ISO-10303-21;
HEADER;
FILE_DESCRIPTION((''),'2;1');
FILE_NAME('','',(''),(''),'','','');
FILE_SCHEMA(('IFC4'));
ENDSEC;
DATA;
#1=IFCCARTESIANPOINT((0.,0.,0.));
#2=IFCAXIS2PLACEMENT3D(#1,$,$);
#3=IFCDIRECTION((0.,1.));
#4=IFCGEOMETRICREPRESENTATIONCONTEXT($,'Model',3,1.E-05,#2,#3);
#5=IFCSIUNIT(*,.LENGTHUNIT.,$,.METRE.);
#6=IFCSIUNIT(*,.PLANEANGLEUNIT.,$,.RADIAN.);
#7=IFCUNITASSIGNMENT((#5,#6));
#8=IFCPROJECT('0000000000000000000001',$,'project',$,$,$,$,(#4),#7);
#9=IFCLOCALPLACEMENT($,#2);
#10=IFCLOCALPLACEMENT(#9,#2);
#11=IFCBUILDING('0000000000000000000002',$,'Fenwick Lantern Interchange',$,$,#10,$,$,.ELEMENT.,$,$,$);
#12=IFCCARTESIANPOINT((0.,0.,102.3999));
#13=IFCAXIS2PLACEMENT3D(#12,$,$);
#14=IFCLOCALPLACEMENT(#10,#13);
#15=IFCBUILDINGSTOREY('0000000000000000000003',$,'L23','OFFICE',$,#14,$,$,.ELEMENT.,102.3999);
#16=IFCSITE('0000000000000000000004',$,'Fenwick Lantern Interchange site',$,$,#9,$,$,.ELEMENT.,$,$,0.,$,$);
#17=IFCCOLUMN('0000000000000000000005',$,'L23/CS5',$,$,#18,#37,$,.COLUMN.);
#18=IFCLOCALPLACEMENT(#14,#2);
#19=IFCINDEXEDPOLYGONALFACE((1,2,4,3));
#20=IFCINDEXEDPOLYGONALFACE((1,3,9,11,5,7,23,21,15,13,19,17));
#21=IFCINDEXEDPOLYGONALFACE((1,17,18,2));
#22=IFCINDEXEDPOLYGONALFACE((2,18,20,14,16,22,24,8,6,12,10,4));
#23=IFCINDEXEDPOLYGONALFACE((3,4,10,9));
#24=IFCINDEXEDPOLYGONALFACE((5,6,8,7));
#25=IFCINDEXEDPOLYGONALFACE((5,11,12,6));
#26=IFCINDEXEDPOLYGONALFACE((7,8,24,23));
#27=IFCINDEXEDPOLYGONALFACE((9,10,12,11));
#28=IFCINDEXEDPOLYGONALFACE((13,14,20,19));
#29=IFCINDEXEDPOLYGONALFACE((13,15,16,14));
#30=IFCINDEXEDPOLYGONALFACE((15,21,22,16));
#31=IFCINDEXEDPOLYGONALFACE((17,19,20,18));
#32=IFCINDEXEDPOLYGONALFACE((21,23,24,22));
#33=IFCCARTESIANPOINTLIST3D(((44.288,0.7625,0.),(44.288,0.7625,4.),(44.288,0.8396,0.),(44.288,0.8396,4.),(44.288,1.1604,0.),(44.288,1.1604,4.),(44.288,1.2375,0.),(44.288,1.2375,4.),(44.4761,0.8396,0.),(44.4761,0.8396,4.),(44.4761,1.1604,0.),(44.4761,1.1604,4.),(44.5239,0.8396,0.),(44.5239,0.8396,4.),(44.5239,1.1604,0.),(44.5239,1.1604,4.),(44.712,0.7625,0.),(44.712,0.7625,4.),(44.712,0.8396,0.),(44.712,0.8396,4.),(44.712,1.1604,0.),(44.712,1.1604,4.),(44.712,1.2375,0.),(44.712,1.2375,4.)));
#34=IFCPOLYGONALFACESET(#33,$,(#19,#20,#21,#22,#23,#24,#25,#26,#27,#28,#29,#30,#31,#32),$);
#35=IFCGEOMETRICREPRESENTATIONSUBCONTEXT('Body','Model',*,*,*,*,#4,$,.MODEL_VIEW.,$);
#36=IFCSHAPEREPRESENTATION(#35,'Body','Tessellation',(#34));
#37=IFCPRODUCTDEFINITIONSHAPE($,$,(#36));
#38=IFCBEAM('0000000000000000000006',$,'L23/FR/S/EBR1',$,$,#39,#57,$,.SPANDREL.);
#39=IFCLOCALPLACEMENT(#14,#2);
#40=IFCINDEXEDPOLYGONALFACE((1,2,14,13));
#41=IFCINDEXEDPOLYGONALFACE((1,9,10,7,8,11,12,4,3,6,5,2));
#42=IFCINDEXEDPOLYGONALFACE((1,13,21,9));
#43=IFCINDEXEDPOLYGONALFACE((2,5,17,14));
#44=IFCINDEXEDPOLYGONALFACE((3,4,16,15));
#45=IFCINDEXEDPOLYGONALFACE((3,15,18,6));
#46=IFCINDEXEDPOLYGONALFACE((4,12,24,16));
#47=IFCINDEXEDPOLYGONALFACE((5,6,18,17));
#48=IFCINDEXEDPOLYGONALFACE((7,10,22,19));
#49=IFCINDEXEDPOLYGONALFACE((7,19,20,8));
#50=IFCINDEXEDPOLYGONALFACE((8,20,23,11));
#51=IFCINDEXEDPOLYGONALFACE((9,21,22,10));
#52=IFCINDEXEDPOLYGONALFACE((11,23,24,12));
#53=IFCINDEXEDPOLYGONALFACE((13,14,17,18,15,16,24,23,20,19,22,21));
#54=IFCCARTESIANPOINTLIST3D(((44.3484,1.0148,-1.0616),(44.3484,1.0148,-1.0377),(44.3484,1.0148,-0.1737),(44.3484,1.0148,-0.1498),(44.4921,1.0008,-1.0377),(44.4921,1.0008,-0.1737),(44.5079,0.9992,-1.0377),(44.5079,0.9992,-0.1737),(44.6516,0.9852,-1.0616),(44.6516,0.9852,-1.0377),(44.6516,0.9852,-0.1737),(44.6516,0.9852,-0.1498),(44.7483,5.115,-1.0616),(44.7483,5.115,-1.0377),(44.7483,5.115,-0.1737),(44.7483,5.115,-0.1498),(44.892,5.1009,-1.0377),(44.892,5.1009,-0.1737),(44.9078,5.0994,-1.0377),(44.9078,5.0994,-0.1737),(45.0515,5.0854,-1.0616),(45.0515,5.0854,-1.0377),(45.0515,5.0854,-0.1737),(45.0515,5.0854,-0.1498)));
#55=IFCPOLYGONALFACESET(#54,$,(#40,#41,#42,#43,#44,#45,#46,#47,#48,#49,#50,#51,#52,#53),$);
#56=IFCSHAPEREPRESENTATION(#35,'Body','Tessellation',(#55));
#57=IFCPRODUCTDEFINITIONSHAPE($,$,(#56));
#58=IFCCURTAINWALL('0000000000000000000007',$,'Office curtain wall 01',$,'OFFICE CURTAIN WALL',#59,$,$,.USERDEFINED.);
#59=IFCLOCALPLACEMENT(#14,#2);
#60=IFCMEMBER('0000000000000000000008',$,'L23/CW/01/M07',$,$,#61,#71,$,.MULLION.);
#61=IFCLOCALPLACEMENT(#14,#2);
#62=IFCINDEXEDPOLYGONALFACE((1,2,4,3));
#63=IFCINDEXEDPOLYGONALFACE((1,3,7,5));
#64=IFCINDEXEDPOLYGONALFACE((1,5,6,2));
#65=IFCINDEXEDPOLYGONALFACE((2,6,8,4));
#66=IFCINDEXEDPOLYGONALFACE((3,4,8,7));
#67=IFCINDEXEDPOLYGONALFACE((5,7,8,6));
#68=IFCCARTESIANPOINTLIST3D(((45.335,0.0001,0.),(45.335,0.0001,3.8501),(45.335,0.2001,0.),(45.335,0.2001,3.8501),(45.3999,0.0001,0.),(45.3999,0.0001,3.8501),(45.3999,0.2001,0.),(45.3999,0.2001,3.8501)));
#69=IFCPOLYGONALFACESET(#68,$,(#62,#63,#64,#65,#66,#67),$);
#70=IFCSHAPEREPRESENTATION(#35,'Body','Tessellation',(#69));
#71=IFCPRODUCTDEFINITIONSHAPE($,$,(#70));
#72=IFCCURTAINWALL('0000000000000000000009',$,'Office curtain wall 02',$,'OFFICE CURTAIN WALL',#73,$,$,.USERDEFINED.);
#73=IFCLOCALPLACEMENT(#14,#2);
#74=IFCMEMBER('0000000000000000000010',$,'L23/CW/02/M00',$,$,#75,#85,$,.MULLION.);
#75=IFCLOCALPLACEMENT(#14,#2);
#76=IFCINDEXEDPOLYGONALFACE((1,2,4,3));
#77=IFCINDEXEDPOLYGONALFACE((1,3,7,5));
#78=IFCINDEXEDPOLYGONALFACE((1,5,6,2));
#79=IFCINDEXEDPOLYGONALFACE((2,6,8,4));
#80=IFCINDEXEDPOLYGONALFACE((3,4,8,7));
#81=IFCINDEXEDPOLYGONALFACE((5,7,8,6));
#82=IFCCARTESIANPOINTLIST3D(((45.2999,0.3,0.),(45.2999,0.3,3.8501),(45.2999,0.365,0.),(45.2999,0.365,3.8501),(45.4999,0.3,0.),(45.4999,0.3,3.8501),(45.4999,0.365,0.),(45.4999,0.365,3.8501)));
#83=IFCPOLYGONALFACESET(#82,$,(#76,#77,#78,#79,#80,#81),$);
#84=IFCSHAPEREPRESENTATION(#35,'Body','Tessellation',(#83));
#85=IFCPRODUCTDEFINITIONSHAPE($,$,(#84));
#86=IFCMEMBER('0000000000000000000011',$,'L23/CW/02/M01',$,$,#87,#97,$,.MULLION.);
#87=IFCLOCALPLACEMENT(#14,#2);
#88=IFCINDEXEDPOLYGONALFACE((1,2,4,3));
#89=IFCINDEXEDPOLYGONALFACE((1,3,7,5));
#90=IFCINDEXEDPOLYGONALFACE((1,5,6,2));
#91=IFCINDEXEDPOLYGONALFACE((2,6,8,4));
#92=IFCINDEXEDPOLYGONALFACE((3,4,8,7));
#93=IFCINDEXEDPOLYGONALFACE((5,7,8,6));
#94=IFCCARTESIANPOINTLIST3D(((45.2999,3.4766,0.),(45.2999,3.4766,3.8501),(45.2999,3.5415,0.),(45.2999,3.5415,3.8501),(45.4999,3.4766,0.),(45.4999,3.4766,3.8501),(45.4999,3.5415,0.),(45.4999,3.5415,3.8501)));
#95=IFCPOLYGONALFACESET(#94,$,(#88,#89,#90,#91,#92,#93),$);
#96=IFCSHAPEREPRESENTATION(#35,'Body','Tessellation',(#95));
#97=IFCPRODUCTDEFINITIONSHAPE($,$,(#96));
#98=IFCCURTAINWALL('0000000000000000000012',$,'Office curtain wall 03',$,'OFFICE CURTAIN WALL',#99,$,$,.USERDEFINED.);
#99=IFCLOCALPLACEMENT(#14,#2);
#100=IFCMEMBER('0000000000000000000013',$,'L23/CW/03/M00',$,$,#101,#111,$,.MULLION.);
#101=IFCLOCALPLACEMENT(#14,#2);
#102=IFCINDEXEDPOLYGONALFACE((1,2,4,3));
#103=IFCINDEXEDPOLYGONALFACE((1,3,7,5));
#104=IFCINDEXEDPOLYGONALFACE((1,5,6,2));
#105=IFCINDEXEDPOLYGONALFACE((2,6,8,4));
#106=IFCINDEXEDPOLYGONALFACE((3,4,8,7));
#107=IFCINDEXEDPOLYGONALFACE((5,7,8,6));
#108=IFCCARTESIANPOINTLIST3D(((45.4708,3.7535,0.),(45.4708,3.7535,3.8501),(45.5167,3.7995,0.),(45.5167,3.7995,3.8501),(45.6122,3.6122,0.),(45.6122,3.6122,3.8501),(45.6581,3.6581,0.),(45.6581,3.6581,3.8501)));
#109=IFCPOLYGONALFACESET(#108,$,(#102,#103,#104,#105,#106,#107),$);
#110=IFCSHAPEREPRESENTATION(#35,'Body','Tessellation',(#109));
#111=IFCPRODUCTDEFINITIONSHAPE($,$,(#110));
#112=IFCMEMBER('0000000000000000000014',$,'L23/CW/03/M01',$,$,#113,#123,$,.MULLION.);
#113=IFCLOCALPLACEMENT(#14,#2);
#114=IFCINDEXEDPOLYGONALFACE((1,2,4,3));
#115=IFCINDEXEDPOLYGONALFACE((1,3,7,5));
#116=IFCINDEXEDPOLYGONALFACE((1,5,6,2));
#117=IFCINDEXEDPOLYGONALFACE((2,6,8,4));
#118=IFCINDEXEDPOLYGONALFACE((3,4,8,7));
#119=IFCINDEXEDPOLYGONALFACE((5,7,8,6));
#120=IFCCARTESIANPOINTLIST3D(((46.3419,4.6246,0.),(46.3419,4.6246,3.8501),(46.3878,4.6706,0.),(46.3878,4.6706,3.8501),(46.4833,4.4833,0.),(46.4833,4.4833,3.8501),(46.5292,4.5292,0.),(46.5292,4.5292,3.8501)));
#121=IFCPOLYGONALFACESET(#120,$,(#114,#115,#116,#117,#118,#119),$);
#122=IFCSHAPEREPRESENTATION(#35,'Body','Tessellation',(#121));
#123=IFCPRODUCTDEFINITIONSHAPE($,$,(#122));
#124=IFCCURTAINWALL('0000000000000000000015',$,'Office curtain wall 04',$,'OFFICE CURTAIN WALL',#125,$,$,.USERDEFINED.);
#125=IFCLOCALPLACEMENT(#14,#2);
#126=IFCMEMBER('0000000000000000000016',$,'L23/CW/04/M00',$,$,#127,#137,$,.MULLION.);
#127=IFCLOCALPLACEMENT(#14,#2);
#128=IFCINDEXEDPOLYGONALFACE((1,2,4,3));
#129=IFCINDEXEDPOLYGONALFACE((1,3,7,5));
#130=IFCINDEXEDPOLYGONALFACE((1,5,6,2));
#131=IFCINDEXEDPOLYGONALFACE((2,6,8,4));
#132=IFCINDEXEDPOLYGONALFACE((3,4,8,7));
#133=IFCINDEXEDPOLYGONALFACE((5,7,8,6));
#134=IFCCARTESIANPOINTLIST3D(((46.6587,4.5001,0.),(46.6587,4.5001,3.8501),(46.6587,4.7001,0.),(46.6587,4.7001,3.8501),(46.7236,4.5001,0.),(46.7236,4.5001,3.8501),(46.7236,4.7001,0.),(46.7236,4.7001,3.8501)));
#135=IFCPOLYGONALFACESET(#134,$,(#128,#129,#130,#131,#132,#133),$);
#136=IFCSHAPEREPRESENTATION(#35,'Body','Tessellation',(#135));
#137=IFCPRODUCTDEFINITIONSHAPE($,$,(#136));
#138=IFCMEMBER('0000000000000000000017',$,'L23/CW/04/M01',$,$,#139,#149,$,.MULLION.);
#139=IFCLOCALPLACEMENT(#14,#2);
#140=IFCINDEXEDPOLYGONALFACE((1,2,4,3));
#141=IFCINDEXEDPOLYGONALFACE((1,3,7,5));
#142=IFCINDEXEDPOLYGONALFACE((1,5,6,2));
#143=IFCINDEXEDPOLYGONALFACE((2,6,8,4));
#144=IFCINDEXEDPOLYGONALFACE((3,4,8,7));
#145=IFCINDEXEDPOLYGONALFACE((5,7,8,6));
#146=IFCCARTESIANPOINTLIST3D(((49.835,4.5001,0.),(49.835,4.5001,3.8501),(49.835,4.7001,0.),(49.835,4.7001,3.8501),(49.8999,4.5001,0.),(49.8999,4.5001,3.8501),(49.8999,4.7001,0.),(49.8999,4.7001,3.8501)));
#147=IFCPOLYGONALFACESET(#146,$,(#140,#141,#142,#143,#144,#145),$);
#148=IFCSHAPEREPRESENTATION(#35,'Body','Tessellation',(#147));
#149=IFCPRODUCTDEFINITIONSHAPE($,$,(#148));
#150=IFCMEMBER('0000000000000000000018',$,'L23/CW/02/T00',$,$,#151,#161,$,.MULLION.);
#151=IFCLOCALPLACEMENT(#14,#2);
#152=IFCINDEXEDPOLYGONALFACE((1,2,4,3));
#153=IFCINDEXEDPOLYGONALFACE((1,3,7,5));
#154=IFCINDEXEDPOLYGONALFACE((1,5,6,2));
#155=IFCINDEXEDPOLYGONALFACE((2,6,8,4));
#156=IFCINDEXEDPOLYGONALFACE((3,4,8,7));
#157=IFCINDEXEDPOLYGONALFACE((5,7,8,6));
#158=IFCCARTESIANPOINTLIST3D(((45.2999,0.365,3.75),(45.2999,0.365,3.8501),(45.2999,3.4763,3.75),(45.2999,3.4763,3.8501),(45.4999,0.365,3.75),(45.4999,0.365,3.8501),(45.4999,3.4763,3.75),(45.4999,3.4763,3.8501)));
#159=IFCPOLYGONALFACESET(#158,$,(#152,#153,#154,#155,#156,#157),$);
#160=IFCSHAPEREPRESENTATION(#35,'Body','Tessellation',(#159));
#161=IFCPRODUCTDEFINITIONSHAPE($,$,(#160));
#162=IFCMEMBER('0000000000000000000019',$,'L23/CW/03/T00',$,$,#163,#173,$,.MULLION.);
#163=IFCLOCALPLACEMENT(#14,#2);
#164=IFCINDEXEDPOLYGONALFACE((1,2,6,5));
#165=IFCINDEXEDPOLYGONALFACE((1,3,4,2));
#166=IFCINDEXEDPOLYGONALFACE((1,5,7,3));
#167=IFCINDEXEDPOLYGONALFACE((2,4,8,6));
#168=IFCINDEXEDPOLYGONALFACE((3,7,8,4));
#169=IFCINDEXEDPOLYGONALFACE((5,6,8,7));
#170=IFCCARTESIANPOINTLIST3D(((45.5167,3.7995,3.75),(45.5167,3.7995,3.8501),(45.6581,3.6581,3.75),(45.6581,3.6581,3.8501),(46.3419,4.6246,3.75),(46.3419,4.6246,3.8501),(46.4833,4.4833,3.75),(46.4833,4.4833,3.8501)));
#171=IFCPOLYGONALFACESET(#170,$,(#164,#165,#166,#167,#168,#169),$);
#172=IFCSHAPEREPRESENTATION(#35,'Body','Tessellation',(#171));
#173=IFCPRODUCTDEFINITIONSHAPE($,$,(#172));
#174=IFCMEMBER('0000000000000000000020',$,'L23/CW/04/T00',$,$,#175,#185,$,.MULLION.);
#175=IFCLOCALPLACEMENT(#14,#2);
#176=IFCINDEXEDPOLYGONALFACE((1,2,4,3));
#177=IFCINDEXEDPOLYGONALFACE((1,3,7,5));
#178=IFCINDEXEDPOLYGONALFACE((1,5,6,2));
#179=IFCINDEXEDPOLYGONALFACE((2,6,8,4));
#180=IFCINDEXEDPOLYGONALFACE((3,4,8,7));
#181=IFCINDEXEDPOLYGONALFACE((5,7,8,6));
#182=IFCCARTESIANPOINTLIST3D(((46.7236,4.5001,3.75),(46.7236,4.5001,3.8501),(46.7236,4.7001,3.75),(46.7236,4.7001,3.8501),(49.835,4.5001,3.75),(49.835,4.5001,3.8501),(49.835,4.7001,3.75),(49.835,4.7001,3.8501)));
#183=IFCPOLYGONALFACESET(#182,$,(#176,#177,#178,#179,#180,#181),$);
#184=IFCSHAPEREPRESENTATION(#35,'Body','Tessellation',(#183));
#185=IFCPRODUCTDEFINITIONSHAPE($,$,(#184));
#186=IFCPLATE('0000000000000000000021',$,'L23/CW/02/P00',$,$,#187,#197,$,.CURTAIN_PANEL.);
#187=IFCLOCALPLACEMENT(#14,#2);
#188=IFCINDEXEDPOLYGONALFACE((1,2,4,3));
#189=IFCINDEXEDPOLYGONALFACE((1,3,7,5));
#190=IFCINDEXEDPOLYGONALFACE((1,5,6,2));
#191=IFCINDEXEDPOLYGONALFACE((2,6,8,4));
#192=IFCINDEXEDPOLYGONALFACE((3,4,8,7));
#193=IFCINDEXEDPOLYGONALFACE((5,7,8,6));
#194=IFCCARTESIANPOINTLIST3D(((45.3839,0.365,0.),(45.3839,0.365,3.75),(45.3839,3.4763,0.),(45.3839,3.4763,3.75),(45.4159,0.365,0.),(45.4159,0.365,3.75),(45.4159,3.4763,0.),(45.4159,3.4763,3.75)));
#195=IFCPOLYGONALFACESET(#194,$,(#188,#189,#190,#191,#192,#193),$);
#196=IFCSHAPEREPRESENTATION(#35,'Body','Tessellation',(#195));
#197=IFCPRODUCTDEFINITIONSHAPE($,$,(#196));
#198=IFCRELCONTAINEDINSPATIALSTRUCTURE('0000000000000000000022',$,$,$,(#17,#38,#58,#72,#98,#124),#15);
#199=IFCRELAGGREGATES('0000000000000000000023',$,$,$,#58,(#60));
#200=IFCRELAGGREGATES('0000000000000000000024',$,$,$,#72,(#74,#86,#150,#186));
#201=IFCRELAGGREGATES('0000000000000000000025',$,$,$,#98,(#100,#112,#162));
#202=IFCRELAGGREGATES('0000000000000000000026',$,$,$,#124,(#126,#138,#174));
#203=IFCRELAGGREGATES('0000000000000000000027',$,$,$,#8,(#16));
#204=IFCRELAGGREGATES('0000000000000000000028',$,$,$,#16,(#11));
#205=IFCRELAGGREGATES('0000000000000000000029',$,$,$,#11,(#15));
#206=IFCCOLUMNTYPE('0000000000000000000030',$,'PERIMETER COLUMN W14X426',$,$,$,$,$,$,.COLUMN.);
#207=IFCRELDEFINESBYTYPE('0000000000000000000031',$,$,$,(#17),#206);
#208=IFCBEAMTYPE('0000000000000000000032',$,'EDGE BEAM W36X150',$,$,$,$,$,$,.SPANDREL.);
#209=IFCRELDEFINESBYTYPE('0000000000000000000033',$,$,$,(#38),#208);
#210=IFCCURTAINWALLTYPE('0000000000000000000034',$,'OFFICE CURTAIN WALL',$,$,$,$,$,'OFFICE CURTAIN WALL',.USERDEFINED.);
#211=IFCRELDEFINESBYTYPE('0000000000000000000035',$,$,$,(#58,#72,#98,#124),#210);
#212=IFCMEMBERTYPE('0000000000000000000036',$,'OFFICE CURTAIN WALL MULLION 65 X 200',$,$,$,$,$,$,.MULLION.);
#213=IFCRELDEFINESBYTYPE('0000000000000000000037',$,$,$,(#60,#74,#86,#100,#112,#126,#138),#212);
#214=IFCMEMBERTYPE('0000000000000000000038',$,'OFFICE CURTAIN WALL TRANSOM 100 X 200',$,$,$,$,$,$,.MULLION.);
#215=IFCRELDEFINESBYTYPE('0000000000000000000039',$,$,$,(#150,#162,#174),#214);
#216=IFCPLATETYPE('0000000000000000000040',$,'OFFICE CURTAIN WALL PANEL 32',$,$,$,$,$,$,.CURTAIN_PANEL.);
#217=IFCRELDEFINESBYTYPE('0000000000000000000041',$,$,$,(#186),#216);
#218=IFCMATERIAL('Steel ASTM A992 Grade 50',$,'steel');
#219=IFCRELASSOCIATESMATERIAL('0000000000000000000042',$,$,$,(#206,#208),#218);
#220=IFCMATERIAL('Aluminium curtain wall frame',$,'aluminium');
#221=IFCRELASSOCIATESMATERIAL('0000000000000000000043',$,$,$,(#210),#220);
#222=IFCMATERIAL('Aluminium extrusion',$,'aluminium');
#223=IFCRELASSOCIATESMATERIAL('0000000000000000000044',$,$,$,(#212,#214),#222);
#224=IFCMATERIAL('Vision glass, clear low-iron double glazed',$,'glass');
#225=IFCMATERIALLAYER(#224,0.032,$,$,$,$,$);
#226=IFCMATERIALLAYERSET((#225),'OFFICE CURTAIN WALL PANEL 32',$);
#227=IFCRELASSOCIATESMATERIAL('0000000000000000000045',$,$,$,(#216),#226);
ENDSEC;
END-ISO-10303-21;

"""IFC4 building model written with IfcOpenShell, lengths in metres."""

from ifc_helpers import new_model, si_unit, direction, frame, origin, origin_2d, place, context, subcontext, project, spatial, rectangle, i_section, extrude, material, layer, layer_set, material_profile, profile_set, type_object, element, aggregate, save


model = new_model("IFC4")

# Units and contexts
model_context = context("Model", 3, precision=1e-05, world=origin(), true_north=direction((0.0, 1.0)))
body_context = subcontext(model_context, "Body", "Model", "MODEL_VIEW")
ifc_project = project(units=[si_unit("LENGTHUNIT", "METRE"), si_unit("PLANEANGLEUNIT", "RADIAN")], contexts=[model_context])

# Site, building, storey
site_placement = place(None, origin())
site = spatial("IfcSite", under=ifc_project, at=site_placement, Name="Fenwick Lantern Interchange site", CompositionType="ELEMENT", RefElevation=0.0)
building_placement = place(site_placement, origin())
building = spatial("IfcBuilding", under=site, at=building_placement, Name="Fenwick Lantern Interchange", CompositionType="ELEMENT")
storey_placement = place(building_placement, frame((0.0, 0.0, 102.3999)))
storey = spatial("IfcBuildingStorey", under=building, at=storey_placement, Name="L23", Description="OFFICE", CompositionType="ELEMENT", Elevation=102.3999)

# Column
ifc_material_1 = material(Name="Steel ASTM A992 Grade 50", Category="steel")
ifc_material_profile_1 = material_profile(ifc_material_1, i_section(OverallWidth=0.4241, OverallDepth=0.4751, WebThickness=0.0479, FlangeThickness=0.0771, at=origin_2d()), Name="W14X426")
ifc_profile_set_1 = profile_set([ifc_material_profile_1], Name="Steel ASTM A992 Grade 50")
column_type = type_object("IfcColumnType", Name="PERIMETER COLUMN W14X426", PredefinedType="COLUMN", material=ifc_profile_set_1)
column_placement = place(storey_placement, frame((44.5, 1.0, 0.0), z_axis=(0.0, 0.0, 1.0), x_axis=(1.0, 0.0, 0.0)))
element("IfcColumn", 1, at=column_placement, inside=storey, type_object=column_type, Name="L23/CS5", PredefinedType="COLUMN", context=body_context, shape_type="SweptSolid", body=[
    extrude(i_section(OverallWidth=0.4241, OverallDepth=0.4751, WebThickness=0.0479, FlangeThickness=0.0771, at=origin_2d()), origin(), (0.0, 0.0, 1.0), 4.0),
])

# Beam
ifc_material_profile_2 = material_profile(ifc_material_1, i_section(OverallWidth=0.3047, OverallDepth=0.9119, WebThickness=0.0159, FlangeThickness=0.0239, at=origin_2d()), Name="W36X150")
ifc_profile_set_2 = profile_set([ifc_material_profile_2], Name="Steel ASTM A992 Grade 50")
beam_type = type_object("IfcBeamType", Name="EDGE BEAM W36X150", PredefinedType="SPANDREL", material=ifc_profile_set_2)
beam_placement = place(storey_placement, frame((44.5, 1.0, -0.6057), z_axis=(0.097074, 0.995277, 0.0), x_axis=(-0.995277, 0.097074, 0.0)))
element("IfcBeam", 2, at=beam_placement, inside=storey, type_object=beam_type, Name="L23/FR/S/EBR1", PredefinedType="SPANDREL", context=body_context, shape_type="SweptSolid", body=[
    extrude(i_section(OverallWidth=0.3047, OverallDepth=0.9119, WebThickness=0.0159, FlangeThickness=0.0239, at=origin_2d()), origin(), (0.0, 0.0, 1.0), 4.1196),
])

# Curtain wall, member
ifc_material_2 = material(Name="Aluminium curtain wall frame", Category="aluminium")
curtain_wall_type = type_object("IfcCurtainWallType", Name="OFFICE CURTAIN WALL", ElementType="OFFICE CURTAIN WALL", PredefinedType="USERDEFINED", material=ifc_material_2)
curtain_wall_1_placement = place(storey_placement, origin())
curtain_wall_1 = element("IfcCurtainWall", 3, at=curtain_wall_1_placement, inside=storey, type_object=curtain_wall_type, Name="Office curtain wall 01", ObjectType="OFFICE CURTAIN WALL", PredefinedType="USERDEFINED")
ifc_material_3 = material(Name="Aluminium extrusion", Category="aluminium")
ifc_material_profile_3 = material_profile(ifc_material_3, rectangle(XDim=0.2, YDim=0.0649, at=origin_2d()), Name="OFFICE CURTAIN WALL MULLION 65 X 200")
ifc_profile_set_3 = profile_set([ifc_material_profile_3], Name="Aluminium extrusion")
member_type_1 = type_object("IfcMemberType", Name="OFFICE CURTAIN WALL MULLION 65 X 200", PredefinedType="MULLION", material=ifc_profile_set_3)
member_1_placement = place(storey_placement, frame((45.3674, 0.1001, 0.0), z_axis=(0.0, 0.0, 1.0), x_axis=(0.0, 1.0, 0.0)))
member_1 = element("IfcMember", 4, at=member_1_placement, type_object=member_type_1, Name="L23/CW/01/M07", PredefinedType="MULLION", context=body_context, shape_type="SweptSolid", body=[
    extrude(rectangle(XDim=0.2, YDim=0.0649, at=origin_2d()), origin(), (0.0, 0.0, 1.0), 3.8501),
])
aggregate(curtain_wall_1, [member_1])

# Curtain walls, members
curtain_wall_2_placement = place(storey_placement, origin())
curtain_wall_2 = element("IfcCurtainWall", 5, at=curtain_wall_2_placement, inside=storey, type_object=curtain_wall_type, Name="Office curtain wall 02", ObjectType="OFFICE CURTAIN WALL", PredefinedType="USERDEFINED")
member_2_placement = place(storey_placement, frame((45.3999, 0.3325, 0.0), z_axis=(0.0, 0.0, 1.0), x_axis=(-1.0, 0.0, 0.0)))
member_2 = element("IfcMember", 6, at=member_2_placement, type_object=member_type_1, Name="L23/CW/02/M00", PredefinedType="MULLION", context=body_context, shape_type="SweptSolid", body=[
    extrude(rectangle(XDim=0.2, YDim=0.0649, at=origin_2d()), origin(), (0.0, 0.0, 1.0), 3.8501),
])
member_3_placement = place(storey_placement, frame((45.3999, 3.509, 0.0), z_axis=(0.0, 0.0, 1.0), x_axis=(-1.0, 0.0, 0.0)))
member_3 = element("IfcMember", 7, at=member_3_placement, type_object=member_type_1, Name="L23/CW/02/M01", PredefinedType="MULLION", context=body_context, shape_type="SweptSolid", body=[
    extrude(rectangle(XDim=0.2, YDim=0.0649, at=origin_2d()), origin(), (0.0, 0.0, 1.0), 3.8501),
])
curtain_wall_3_placement = place(storey_placement, origin())
curtain_wall_3 = element("IfcCurtainWall", 8, at=curtain_wall_3_placement, inside=storey, type_object=curtain_wall_type, Name="Office curtain wall 03", ObjectType="OFFICE CURTAIN WALL", PredefinedType="USERDEFINED")
member_4_placement = place(storey_placement, frame((45.5645, 3.7058, 0.0), z_axis=(0.0, 0.0, 1.0), x_axis=(-0.707107, 0.707107, 0.0)))
member_4 = element("IfcMember", 9, at=member_4_placement, type_object=member_type_1, Name="L23/CW/03/M00", PredefinedType="MULLION", context=body_context, shape_type="SweptSolid", body=[
    extrude(rectangle(XDim=0.2, YDim=0.0649, at=origin_2d()), origin(), (0.0, 0.0, 1.0), 3.8501),
])
member_5_placement = place(storey_placement, frame((46.4355, 4.5769, 0.0), z_axis=(0.0, 0.0, 1.0), x_axis=(-0.707107, 0.707107, 0.0)))
member_5 = element("IfcMember", 10, at=member_5_placement, type_object=member_type_1, Name="L23/CW/03/M01", PredefinedType="MULLION", context=body_context, shape_type="SweptSolid", body=[
    extrude(rectangle(XDim=0.2, YDim=0.0649, at=origin_2d()), origin(), (0.0, 0.0, 1.0), 3.8501),
])
curtain_wall_4_placement = place(storey_placement, origin())
curtain_wall_4 = element("IfcCurtainWall", 11, at=curtain_wall_4_placement, inside=storey, type_object=curtain_wall_type, Name="Office curtain wall 04", ObjectType="OFFICE CURTAIN WALL", PredefinedType="USERDEFINED")
member_6_placement = place(storey_placement, frame((46.6912, 4.6001, 0.0), z_axis=(0.0, 0.0, 1.0), x_axis=(0.0, 1.0, 0.0)))
member_6 = element("IfcMember", 12, at=member_6_placement, type_object=member_type_1, Name="L23/CW/04/M00", PredefinedType="MULLION", context=body_context, shape_type="SweptSolid", body=[
    extrude(rectangle(XDim=0.2, YDim=0.0649, at=origin_2d()), origin(), (0.0, 0.0, 1.0), 3.8501),
])
member_7_placement = place(storey_placement, frame((49.8674, 4.6001, 0.0), z_axis=(0.0, 0.0, 1.0), x_axis=(0.0, 1.0, 0.0)))
member_7 = element("IfcMember", 13, at=member_7_placement, type_object=member_type_1, Name="L23/CW/04/M01", PredefinedType="MULLION", context=body_context, shape_type="SweptSolid", body=[
    extrude(rectangle(XDim=0.2, YDim=0.0649, at=origin_2d()), origin(), (0.0, 0.0, 1.0), 3.8501),
])

# Members
ifc_material_profile_4 = material_profile(ifc_material_3, rectangle(XDim=0.2, YDim=0.1001, at=origin_2d()), Name="OFFICE CURTAIN WALL TRANSOM 100 X 200")
ifc_profile_set_4 = profile_set([ifc_material_profile_4], Name="Aluminium extrusion")
member_type_2 = type_object("IfcMemberType", Name="OFFICE CURTAIN WALL TRANSOM 100 X 200", PredefinedType="MULLION", material=ifc_profile_set_4)
member_8_placement = place(storey_placement, frame((45.3999, 0.365, 3.8), z_axis=(0.0, 1.0, 0.0), x_axis=(-1.0, 0.0, 0.0)))
member_8 = element("IfcMember", 14, at=member_8_placement, type_object=member_type_2, Name="L23/CW/02/T00", PredefinedType="MULLION", context=body_context, shape_type="SweptSolid", body=[
    extrude(rectangle(XDim=0.2, YDim=0.1001, at=origin_2d()), origin(), (0.0, 0.0, 1.0), 3.1113),
])
member_9_placement = place(storey_placement, frame((45.5874, 3.7288, 3.8), z_axis=(0.707107, 0.707107, 0.0), x_axis=(-0.707107, 0.707107, 0.0)))
member_9 = element("IfcMember", 15, at=member_9_placement, type_object=member_type_2, Name="L23/CW/03/T00", PredefinedType="MULLION", context=body_context, shape_type="SweptSolid", body=[
    extrude(rectangle(XDim=0.2, YDim=0.1001, at=origin_2d()), origin(), (0.0, 0.0, 1.0), 1.167),
])
member_10_placement = place(storey_placement, frame((46.7236, 4.6001, 3.8), z_axis=(1.0, 0.0, 0.0), x_axis=(0.0, 1.0, 0.0)))
member_10 = element("IfcMember", 16, at=member_10_placement, type_object=member_type_2, Name="L23/CW/04/T00", PredefinedType="MULLION", context=body_context, shape_type="SweptSolid", body=[
    extrude(rectangle(XDim=0.2, YDim=0.1001, at=origin_2d()), origin(), (0.0, 0.0, 1.0), 3.1113),
])

# Plate
ifc_material_4 = material(Name="Vision glass, clear low-iron double glazed", Category="glass")
ifc_layer_1 = layer(ifc_material_4, 0.032)
ifc_layer_set_1 = layer_set([ifc_layer_1], Name="OFFICE CURTAIN WALL PANEL 32")
plate_type = type_object("IfcPlateType", Name="OFFICE CURTAIN WALL PANEL 32", PredefinedType="CURTAIN_PANEL", material=ifc_layer_set_1)
plate_1_placement = place(storey_placement, frame((45.3999, 1.9207, 0.0), z_axis=(0.0, 0.0, 1.0), x_axis=(0.0, 1.0, 0.0)))
plate_1 = element("IfcPlate", 17, at=plate_1_placement, type_object=plate_type, Name="L23/CW/02/P00", PredefinedType="CURTAIN_PANEL", context=body_context, shape_type="SweptSolid", body=[
    extrude(rectangle(XDim=3.1113, YDim=0.032, at=origin_2d()), origin(), (0.0, 0.0, 1.0), 3.75),
])
aggregate(curtain_wall_2, [member_2, member_3, member_8, plate_1])
aggregate(curtain_wall_3, [member_4, member_5, member_9])
aggregate(curtain_wall_4, [member_6, member_7, member_10])

save(model, "model.ifc")
